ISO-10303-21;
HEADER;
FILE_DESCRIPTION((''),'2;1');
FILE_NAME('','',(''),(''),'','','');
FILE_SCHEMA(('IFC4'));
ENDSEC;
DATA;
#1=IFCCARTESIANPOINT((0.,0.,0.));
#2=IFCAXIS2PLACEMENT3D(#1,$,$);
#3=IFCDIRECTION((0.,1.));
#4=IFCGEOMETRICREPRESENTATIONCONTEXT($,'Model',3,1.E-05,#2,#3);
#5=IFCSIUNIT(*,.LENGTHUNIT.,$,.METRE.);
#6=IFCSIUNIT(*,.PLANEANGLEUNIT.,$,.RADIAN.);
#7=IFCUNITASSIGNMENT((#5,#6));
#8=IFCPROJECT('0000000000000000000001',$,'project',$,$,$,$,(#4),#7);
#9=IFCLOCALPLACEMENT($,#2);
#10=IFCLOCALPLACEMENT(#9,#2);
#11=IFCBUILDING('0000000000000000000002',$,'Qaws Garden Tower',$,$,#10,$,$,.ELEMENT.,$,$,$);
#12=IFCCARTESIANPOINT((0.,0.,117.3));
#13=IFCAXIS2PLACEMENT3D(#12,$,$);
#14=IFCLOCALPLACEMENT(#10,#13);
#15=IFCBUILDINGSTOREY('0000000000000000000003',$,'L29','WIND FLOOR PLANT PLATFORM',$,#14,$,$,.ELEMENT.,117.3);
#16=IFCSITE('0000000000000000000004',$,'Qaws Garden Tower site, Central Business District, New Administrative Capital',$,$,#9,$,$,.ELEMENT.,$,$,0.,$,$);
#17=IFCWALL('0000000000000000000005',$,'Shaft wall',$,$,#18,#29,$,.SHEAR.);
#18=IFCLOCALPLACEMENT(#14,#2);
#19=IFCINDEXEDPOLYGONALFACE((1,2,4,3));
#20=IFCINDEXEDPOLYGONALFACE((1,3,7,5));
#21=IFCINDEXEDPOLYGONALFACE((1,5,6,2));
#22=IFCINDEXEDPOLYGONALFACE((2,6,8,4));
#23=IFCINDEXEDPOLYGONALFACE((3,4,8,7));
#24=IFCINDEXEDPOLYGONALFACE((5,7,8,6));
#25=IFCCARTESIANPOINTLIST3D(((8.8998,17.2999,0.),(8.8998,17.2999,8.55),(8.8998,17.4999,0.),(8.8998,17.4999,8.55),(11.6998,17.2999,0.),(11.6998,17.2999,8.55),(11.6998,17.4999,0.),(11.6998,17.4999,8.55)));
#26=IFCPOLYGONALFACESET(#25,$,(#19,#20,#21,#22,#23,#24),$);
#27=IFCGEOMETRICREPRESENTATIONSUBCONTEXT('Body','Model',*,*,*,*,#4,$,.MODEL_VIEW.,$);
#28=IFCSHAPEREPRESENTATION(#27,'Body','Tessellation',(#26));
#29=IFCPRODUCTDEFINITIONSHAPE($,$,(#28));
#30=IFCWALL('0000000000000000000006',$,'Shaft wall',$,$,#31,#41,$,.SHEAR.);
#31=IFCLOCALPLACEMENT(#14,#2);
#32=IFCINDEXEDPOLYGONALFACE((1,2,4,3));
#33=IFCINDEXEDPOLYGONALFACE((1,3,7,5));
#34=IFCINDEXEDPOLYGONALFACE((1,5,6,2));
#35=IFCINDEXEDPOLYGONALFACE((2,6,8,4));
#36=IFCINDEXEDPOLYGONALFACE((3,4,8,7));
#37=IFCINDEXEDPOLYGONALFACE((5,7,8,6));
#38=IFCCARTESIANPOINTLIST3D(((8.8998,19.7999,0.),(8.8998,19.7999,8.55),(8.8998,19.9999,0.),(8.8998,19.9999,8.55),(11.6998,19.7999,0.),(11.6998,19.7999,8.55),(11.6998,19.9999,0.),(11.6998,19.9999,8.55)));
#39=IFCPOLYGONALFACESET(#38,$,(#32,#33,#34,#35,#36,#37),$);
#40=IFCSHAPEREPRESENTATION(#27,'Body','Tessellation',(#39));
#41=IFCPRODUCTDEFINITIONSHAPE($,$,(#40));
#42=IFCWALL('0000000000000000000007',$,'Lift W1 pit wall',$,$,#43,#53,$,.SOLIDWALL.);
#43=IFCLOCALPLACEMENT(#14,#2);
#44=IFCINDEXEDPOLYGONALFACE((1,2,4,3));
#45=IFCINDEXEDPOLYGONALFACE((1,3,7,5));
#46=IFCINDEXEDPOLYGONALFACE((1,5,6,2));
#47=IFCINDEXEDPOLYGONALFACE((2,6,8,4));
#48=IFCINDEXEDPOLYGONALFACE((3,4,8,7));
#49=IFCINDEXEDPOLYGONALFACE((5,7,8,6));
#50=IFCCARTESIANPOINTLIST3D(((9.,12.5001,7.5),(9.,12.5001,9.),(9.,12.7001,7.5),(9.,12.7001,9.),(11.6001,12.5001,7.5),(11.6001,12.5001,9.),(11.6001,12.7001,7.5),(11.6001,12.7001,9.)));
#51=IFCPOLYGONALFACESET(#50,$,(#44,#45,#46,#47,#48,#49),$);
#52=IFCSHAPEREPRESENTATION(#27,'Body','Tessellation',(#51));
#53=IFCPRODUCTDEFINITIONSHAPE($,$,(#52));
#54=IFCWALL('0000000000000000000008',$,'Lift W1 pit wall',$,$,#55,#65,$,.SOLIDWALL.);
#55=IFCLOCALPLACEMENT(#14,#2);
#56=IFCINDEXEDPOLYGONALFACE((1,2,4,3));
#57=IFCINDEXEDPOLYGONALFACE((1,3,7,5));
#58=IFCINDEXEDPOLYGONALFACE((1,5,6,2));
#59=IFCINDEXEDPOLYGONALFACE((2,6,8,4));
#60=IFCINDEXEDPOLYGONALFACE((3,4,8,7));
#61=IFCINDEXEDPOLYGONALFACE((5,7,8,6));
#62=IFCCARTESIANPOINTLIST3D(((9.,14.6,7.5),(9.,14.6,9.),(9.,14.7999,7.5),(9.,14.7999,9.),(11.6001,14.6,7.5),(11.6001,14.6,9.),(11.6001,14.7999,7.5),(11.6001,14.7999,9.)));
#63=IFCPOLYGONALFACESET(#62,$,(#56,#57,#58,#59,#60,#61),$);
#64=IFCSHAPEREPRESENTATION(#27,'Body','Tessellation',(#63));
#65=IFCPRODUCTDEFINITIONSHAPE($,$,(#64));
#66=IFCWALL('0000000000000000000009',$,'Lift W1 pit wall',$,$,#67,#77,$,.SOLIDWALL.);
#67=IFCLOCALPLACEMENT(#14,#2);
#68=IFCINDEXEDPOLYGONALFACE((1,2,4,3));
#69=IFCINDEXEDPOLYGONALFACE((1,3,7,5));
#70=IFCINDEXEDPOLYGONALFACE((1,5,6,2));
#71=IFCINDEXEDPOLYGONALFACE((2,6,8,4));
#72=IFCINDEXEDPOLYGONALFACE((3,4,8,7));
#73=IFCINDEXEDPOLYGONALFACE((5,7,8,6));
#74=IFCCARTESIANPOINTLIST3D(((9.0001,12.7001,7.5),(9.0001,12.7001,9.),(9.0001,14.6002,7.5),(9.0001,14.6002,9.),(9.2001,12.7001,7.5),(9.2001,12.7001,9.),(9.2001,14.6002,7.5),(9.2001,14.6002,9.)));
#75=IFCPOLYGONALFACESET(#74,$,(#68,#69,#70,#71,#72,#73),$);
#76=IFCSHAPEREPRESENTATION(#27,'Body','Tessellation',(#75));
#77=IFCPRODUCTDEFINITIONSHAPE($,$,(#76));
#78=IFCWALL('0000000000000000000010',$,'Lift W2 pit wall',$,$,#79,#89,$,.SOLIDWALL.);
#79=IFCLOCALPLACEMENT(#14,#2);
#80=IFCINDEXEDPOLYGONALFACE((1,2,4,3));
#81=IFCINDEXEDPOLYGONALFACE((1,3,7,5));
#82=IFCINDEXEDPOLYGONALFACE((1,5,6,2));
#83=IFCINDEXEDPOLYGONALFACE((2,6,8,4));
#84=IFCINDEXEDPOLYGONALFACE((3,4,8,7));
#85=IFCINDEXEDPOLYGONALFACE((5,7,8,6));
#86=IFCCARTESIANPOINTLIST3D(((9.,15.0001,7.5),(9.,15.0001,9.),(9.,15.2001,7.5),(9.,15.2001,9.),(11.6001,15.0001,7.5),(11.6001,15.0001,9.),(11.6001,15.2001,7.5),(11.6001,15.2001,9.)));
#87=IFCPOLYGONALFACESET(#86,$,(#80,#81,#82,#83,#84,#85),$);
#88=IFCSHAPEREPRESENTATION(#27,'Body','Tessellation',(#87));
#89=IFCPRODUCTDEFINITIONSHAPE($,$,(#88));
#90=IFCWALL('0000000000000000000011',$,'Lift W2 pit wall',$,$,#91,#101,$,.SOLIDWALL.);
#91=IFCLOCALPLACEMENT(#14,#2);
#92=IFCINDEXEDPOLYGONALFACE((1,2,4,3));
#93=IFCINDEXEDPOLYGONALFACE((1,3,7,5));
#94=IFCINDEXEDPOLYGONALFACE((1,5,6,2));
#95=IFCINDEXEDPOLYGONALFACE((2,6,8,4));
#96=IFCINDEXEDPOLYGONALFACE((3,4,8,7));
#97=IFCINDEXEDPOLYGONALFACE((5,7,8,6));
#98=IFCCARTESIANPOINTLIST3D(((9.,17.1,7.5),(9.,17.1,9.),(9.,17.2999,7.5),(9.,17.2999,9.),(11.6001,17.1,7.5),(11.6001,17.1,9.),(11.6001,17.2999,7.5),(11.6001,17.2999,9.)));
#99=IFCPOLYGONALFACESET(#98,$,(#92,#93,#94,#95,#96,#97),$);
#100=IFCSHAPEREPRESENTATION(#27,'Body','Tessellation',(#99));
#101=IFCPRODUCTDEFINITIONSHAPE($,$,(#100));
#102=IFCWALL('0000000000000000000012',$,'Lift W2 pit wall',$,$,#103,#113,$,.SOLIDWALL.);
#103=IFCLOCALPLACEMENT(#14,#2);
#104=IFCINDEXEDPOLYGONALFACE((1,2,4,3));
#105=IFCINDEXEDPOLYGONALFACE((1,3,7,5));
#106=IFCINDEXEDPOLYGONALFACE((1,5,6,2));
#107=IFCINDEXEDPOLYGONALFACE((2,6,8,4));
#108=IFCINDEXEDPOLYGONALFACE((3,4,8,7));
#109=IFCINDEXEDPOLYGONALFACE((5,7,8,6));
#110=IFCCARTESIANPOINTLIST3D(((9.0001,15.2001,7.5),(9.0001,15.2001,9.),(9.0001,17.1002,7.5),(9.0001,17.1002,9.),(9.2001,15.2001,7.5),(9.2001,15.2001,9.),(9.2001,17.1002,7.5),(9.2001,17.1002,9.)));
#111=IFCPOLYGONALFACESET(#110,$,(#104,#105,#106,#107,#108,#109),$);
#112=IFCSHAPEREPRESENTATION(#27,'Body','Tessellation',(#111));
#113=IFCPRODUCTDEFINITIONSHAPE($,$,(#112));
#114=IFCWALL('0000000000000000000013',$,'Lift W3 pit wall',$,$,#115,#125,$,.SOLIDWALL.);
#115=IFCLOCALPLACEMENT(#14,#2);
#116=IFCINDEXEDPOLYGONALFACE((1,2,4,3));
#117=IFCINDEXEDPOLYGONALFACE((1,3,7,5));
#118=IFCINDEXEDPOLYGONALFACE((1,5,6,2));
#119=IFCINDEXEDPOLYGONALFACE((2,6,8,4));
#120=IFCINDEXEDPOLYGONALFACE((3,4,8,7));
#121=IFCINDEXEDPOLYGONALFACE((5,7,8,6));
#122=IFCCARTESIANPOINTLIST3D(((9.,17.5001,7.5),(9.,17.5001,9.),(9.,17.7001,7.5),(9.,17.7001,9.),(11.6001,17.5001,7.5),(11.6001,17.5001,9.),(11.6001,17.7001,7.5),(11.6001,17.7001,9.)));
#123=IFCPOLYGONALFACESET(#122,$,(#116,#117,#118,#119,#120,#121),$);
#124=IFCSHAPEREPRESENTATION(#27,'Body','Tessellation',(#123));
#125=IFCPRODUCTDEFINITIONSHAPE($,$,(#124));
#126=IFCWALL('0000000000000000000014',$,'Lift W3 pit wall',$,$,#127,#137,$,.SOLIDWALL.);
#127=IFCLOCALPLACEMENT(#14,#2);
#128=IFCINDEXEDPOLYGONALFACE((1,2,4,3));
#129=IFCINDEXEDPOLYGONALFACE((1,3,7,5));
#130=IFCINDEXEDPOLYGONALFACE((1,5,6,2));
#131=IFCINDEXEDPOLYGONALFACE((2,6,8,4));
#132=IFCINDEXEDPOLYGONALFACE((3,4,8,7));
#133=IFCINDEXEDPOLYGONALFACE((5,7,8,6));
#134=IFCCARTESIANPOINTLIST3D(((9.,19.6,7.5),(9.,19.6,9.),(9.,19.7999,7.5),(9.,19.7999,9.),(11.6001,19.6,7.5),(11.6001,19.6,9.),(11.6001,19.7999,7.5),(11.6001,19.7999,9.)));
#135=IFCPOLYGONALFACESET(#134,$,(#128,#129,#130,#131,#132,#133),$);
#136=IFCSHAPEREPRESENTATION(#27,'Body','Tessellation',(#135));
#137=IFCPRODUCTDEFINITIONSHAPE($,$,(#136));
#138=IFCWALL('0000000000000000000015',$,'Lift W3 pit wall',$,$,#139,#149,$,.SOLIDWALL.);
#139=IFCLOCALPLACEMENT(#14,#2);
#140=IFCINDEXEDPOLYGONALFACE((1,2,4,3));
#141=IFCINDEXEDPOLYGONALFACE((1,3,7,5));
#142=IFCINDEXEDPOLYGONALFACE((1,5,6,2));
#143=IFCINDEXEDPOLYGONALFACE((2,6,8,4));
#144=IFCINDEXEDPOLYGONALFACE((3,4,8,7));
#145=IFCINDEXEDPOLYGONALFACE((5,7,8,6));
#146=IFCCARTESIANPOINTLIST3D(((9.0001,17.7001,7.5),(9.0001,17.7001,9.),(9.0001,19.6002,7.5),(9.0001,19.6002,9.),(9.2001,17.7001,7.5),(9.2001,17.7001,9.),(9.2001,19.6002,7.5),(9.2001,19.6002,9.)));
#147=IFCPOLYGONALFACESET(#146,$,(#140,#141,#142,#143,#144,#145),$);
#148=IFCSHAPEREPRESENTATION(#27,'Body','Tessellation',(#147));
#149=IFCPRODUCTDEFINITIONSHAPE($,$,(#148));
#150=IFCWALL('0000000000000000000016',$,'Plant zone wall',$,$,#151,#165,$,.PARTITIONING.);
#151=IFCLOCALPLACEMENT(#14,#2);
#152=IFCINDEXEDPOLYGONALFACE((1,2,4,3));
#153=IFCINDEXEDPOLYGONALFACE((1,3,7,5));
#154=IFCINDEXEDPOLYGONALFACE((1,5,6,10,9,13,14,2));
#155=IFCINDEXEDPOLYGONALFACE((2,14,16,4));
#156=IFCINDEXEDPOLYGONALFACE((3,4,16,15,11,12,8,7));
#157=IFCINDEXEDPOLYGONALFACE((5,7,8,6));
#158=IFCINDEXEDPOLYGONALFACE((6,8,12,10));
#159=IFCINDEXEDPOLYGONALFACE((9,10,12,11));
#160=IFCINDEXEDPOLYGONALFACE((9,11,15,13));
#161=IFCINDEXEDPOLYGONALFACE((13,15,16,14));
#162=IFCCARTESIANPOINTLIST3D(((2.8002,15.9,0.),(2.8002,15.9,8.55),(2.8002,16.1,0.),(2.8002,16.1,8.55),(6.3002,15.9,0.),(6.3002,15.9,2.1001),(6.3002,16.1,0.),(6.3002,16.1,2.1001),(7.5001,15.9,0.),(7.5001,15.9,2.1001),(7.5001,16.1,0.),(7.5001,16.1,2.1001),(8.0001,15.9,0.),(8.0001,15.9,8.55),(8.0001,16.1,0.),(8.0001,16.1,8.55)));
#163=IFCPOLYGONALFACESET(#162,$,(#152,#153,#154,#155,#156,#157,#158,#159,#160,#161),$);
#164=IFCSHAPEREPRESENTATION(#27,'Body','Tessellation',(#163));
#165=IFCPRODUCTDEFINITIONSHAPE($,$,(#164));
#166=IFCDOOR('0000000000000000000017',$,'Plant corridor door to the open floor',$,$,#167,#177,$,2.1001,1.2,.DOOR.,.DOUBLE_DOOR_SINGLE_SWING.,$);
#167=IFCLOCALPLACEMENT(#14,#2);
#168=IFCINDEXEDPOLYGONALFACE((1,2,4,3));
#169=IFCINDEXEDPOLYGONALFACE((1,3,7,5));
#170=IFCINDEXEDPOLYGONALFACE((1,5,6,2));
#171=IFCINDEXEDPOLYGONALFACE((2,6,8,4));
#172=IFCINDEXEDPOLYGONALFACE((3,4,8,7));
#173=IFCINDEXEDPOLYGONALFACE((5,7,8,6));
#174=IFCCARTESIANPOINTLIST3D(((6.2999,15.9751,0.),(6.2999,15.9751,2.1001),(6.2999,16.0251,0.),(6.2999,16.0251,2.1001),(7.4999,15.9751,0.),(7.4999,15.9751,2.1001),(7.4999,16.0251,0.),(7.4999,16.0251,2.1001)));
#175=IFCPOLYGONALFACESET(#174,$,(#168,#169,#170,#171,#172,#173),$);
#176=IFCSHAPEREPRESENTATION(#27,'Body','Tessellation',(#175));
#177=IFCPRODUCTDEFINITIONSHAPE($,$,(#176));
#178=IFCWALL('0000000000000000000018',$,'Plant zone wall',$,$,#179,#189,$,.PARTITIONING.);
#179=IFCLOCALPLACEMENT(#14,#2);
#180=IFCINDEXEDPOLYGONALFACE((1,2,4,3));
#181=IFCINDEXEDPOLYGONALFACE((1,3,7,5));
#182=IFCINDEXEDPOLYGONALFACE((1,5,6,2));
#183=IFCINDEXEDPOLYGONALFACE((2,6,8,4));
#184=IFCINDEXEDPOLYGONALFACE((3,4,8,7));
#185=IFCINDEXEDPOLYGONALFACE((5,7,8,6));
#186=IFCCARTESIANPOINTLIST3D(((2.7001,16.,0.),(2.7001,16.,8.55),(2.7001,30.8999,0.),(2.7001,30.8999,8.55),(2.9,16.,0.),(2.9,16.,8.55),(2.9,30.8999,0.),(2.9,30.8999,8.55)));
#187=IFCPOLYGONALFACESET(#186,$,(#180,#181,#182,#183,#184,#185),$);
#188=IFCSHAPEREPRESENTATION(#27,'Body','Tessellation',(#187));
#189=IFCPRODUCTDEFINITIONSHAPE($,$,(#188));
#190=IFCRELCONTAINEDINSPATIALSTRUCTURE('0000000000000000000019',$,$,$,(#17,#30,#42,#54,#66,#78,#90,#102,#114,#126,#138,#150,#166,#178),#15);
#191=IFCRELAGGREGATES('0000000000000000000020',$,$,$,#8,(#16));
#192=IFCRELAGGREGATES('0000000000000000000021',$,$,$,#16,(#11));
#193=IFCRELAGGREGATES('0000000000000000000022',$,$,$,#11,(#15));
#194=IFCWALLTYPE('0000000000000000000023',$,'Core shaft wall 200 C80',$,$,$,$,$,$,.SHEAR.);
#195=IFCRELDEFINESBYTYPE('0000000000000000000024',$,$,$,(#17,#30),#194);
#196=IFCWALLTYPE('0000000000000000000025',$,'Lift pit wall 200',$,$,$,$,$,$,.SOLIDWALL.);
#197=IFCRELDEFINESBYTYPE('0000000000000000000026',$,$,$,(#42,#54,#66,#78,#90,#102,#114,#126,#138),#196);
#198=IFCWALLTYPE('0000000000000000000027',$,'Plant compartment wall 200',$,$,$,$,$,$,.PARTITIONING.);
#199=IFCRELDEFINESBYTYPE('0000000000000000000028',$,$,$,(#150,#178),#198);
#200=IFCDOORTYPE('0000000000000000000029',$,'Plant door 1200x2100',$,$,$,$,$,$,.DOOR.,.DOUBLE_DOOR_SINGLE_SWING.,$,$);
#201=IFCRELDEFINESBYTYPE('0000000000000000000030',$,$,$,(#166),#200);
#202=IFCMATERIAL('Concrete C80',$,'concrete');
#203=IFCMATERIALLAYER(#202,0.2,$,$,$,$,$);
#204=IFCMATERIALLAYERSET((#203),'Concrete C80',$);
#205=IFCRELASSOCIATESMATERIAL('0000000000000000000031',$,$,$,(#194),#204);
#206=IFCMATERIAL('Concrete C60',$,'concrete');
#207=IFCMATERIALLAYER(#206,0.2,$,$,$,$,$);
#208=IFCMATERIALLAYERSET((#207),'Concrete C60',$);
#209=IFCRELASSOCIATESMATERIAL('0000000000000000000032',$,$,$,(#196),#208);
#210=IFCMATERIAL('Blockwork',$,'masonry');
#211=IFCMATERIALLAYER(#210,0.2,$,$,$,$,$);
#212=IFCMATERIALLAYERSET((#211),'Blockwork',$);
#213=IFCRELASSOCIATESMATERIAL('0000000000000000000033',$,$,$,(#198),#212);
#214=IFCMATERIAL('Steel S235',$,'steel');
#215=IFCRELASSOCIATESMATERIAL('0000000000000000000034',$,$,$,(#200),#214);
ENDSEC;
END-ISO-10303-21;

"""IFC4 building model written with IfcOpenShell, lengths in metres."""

from ifc_helpers import new_model, si_unit, direction, frame, frame_2d, origin, place, context, subcontext, project, spatial, rectangle, extrude, material, layer, layer_set, type_object, element, fill, save


model = new_model("IFC4")

# Units and contexts
model_context = context("Model", 3, precision=1e-05, world=origin(), true_north=direction((0.0, 1.0)))
body_context = subcontext(model_context, "Body", "Model", "MODEL_VIEW")
ifc_project = project(units=[si_unit("LENGTHUNIT", "METRE"), si_unit("PLANEANGLEUNIT", "RADIAN")], contexts=[model_context])

# Site, building, storey
site_placement = place(None, origin())
site = spatial("IfcSite", under=ifc_project, at=site_placement, Name="Qaws Garden Tower site, Central Business District, New Administrative Capital", CompositionType="ELEMENT", RefElevation=0.0)
building_placement = place(site_placement, origin())
building = spatial("IfcBuilding", under=site, at=building_placement, Name="Qaws Garden Tower", CompositionType="ELEMENT")
storey_placement = place(building_placement, frame((0.0, 0.0, 117.3)))
storey = spatial("IfcBuildingStorey", under=building, at=storey_placement, Name="L29", Description="WIND FLOOR PLANT PLATFORM", CompositionType="ELEMENT", Elevation=117.3)

# Walls
ifc_material_1 = material(Name="Concrete C80", Category="concrete")
ifc_layer_1 = layer(ifc_material_1, 0.2)
ifc_layer_set_1 = layer_set([ifc_layer_1], Name="Concrete C80")
wall_type_1 = type_object("IfcWallType", Name="Core shaft wall 200 C80", PredefinedType="SHEAR", material=ifc_layer_set_1)
for number, where, z_axis, x_axis, name in (
    (1, (8.8999, 17.3999, 0.0), (0.0, 0.0, 1.0), (1.0, 0.0, 0.0), "Shaft wall"),
    (2, (8.8999, 19.8999, 0.0), (0.0, 0.0, 1.0), (1.0, 0.0, 0.0), "Shaft wall"),
):
    element("IfcWall", number, at=place(storey_placement, frame(where, z_axis=z_axis, x_axis=x_axis)), inside=storey, type_object=wall_type_1, Name=name, PredefinedType="SHEAR", context=body_context, shape_type="SweptSolid", body=[
        extrude(rectangle(XDim=2.8, YDim=0.2, at=frame_2d((1.3999, 0.0))), origin(), (0.0, 0.0, 1.0), 8.55),
    ])
ifc_material_2 = material(Name="Concrete C60", Category="concrete")
ifc_layer_2 = layer(ifc_material_2, 0.2)
ifc_layer_set_2 = layer_set([ifc_layer_2], Name="Concrete C60")
wall_type_2 = type_object("IfcWallType", Name="Lift pit wall 200", PredefinedType="SOLIDWALL", material=ifc_layer_set_2)
for number, where, z_axis, x_axis, name in (
    (3, (9.0, 12.6001, 7.5), (0.0, 0.0, 1.0), (1.0, 0.0, 0.0), "Lift W1 pit wall"),
    (4, (9.0, 14.7, 7.5), (0.0, 0.0, 1.0), (1.0, 0.0, 0.0), "Lift W1 pit wall"),
):
    element("IfcWall", number, at=place(storey_placement, frame(where, z_axis=z_axis, x_axis=x_axis)), inside=storey, type_object=wall_type_2, Name=name, PredefinedType="SOLIDWALL", context=body_context, shape_type="SweptSolid", body=[
        extrude(rectangle(XDim=2.6001, YDim=0.2, at=frame_2d((1.3, 0.0))), origin(), (0.0, 0.0, 1.0), 1.5),
    ])
wall_1_placement = place(storey_placement, frame((9.1001, 12.7, 7.5), z_axis=(0.0, 0.0, 1.0), x_axis=(0.0, 1.0, 0.0)))
element("IfcWall", 5, at=wall_1_placement, inside=storey, type_object=wall_type_2, Name="Lift W1 pit wall", PredefinedType="SOLIDWALL", context=body_context, shape_type="SweptSolid", body=[
    extrude(rectangle(XDim=1.9001, YDim=0.2, at=frame_2d((0.9502, 0.0))), origin(), (0.0, 0.0, 1.0), 1.5),
])
for number, where, z_axis, x_axis, name in (
    (6, (9.0, 15.1001, 7.5), (0.0, 0.0, 1.0), (1.0, 0.0, 0.0), "Lift W2 pit wall"),
    (7, (9.0, 17.2, 7.5), (0.0, 0.0, 1.0), (1.0, 0.0, 0.0), "Lift W2 pit wall"),
):
    element("IfcWall", number, at=place(storey_placement, frame(where, z_axis=z_axis, x_axis=x_axis)), inside=storey, type_object=wall_type_2, Name=name, PredefinedType="SOLIDWALL", context=body_context, shape_type="SweptSolid", body=[
        extrude(rectangle(XDim=2.6001, YDim=0.2, at=frame_2d((1.3, 0.0))), origin(), (0.0, 0.0, 1.0), 1.5),
    ])
wall_2_placement = place(storey_placement, frame((9.1001, 15.2, 7.5), z_axis=(0.0, 0.0, 1.0), x_axis=(0.0, 1.0, 0.0)))
element("IfcWall", 8, at=wall_2_placement, inside=storey, type_object=wall_type_2, Name="Lift W2 pit wall", PredefinedType="SOLIDWALL", context=body_context, shape_type="SweptSolid", body=[
    extrude(rectangle(XDim=1.9001, YDim=0.2, at=frame_2d((0.9502, 0.0))), origin(), (0.0, 0.0, 1.0), 1.5),
])
for number, where, z_axis, x_axis, name in (
    (9, (9.0, 17.6001, 7.5), (0.0, 0.0, 1.0), (1.0, 0.0, 0.0), "Lift W3 pit wall"),
    (10, (9.0, 19.7, 7.5), (0.0, 0.0, 1.0), (1.0, 0.0, 0.0), "Lift W3 pit wall"),
):
    element("IfcWall", number, at=place(storey_placement, frame(where, z_axis=z_axis, x_axis=x_axis)), inside=storey, type_object=wall_type_2, Name=name, PredefinedType="SOLIDWALL", context=body_context, shape_type="SweptSolid", body=[
        extrude(rectangle(XDim=2.6001, YDim=0.2, at=frame_2d((1.3, 0.0))), origin(), (0.0, 0.0, 1.0), 1.5),
    ])
wall_3_placement = place(storey_placement, frame((9.1001, 17.7, 7.5), z_axis=(0.0, 0.0, 1.0), x_axis=(0.0, 1.0, 0.0)))
element("IfcWall", 11, at=wall_3_placement, inside=storey, type_object=wall_type_2, Name="Lift W3 pit wall", PredefinedType="SOLIDWALL", context=body_context, shape_type="SweptSolid", body=[
    extrude(rectangle(XDim=1.9001, YDim=0.2, at=frame_2d((0.9502, 0.0))), origin(), (0.0, 0.0, 1.0), 1.5),
])

# Wall, opening, door
ifc_material_3 = material(Name="Blockwork", Category="masonry")
ifc_layer_3 = layer(ifc_material_3, 0.2)
ifc_layer_set_3 = layer_set([ifc_layer_3], Name="Blockwork")
wall_type_3 = type_object("IfcWallType", Name="Plant compartment wall 200", PredefinedType="PARTITIONING", material=ifc_layer_set_3)
wall_4_placement = place(storey_placement, frame((2.8, 16.0, 0.0), z_axis=(0.0, 0.0, 1.0), x_axis=(1.0, 0.0, 0.0)))
wall_4 = element("IfcWall", 12, at=wall_4_placement, inside=storey, type_object=wall_type_3, Name="Plant zone wall", PredefinedType="PARTITIONING", context=body_context, shape_type="SweptSolid", body=[
    extrude(rectangle(XDim=5.2, YDim=0.2, at=frame_2d((2.6001, 0.0))), origin(), (0.0, 0.0, 1.0), 8.55),
])
opening_1_placement = place(wall_4_placement, frame((3.5, 0.0, 0.0)))
opening_1 = element("IfcOpeningElement", 13, at=opening_1_placement, cuts=wall_4, PredefinedType="OPENING", context=body_context, shape_type="SweptSolid", body=[
    extrude(rectangle(XDim=1.2, YDim=2.1001, at=frame_2d((0.6001, 1.05))), frame((0.0, 0.1099, 0.0), z_axis=(0.0, -1.0, 0.0), x_axis=(1.0, 0.0, 0.0)), (0.0, 0.0, 1.0), 0.22),
])
ifc_material_4 = material(Name="Steel S235", Category="steel")
door_type_1 = type_object("IfcDoorType", Name="Plant door 1200x2100", OperationType="DOUBLE_DOOR_SINGLE_SWING", PredefinedType="DOOR", material=ifc_material_4)
door_1_placement = place(opening_1_placement, frame((1.2, 0.0, 0.0), z_axis=(0.0, 0.0, 1.0), x_axis=(-1.0, 0.0, 0.0)))
door_1 = element("IfcDoor", 14, at=door_1_placement, inside=storey, type_object=door_type_1, Name="Plant corridor door to the open floor", OperationType="DOUBLE_DOOR_SINGLE_SWING", OverallHeight=2.1001, OverallWidth=1.2, PredefinedType="DOOR", context=body_context, shape_type="SweptSolid", body=[
    extrude(rectangle(XDim=1.2, YDim=2.1001, at=frame_2d((0.6001, 1.05))), frame((0.0, 0.0249, 0.0), z_axis=(0.0, -1.0, 0.0), x_axis=(1.0, 0.0, 0.0)), (0.0, 0.0, 1.0), 0.05),
])
fill(opening_1, door_1)

# Wall
wall_5_placement = place(storey_placement, frame((2.8, 16.0, 0.0), z_axis=(0.0, 0.0, 1.0), x_axis=(0.0, 1.0, 0.0)))
element("IfcWall", 15, at=wall_5_placement, inside=storey, type_object=wall_type_3, Name="Plant zone wall", PredefinedType="PARTITIONING", context=body_context, shape_type="SweptSolid", body=[
    extrude(rectangle(XDim=14.8999, YDim=0.2, at=frame_2d((7.45, 0.0))), origin(), (0.0, 0.0, 1.0), 8.55),
])

save(model, "model.ifc")
